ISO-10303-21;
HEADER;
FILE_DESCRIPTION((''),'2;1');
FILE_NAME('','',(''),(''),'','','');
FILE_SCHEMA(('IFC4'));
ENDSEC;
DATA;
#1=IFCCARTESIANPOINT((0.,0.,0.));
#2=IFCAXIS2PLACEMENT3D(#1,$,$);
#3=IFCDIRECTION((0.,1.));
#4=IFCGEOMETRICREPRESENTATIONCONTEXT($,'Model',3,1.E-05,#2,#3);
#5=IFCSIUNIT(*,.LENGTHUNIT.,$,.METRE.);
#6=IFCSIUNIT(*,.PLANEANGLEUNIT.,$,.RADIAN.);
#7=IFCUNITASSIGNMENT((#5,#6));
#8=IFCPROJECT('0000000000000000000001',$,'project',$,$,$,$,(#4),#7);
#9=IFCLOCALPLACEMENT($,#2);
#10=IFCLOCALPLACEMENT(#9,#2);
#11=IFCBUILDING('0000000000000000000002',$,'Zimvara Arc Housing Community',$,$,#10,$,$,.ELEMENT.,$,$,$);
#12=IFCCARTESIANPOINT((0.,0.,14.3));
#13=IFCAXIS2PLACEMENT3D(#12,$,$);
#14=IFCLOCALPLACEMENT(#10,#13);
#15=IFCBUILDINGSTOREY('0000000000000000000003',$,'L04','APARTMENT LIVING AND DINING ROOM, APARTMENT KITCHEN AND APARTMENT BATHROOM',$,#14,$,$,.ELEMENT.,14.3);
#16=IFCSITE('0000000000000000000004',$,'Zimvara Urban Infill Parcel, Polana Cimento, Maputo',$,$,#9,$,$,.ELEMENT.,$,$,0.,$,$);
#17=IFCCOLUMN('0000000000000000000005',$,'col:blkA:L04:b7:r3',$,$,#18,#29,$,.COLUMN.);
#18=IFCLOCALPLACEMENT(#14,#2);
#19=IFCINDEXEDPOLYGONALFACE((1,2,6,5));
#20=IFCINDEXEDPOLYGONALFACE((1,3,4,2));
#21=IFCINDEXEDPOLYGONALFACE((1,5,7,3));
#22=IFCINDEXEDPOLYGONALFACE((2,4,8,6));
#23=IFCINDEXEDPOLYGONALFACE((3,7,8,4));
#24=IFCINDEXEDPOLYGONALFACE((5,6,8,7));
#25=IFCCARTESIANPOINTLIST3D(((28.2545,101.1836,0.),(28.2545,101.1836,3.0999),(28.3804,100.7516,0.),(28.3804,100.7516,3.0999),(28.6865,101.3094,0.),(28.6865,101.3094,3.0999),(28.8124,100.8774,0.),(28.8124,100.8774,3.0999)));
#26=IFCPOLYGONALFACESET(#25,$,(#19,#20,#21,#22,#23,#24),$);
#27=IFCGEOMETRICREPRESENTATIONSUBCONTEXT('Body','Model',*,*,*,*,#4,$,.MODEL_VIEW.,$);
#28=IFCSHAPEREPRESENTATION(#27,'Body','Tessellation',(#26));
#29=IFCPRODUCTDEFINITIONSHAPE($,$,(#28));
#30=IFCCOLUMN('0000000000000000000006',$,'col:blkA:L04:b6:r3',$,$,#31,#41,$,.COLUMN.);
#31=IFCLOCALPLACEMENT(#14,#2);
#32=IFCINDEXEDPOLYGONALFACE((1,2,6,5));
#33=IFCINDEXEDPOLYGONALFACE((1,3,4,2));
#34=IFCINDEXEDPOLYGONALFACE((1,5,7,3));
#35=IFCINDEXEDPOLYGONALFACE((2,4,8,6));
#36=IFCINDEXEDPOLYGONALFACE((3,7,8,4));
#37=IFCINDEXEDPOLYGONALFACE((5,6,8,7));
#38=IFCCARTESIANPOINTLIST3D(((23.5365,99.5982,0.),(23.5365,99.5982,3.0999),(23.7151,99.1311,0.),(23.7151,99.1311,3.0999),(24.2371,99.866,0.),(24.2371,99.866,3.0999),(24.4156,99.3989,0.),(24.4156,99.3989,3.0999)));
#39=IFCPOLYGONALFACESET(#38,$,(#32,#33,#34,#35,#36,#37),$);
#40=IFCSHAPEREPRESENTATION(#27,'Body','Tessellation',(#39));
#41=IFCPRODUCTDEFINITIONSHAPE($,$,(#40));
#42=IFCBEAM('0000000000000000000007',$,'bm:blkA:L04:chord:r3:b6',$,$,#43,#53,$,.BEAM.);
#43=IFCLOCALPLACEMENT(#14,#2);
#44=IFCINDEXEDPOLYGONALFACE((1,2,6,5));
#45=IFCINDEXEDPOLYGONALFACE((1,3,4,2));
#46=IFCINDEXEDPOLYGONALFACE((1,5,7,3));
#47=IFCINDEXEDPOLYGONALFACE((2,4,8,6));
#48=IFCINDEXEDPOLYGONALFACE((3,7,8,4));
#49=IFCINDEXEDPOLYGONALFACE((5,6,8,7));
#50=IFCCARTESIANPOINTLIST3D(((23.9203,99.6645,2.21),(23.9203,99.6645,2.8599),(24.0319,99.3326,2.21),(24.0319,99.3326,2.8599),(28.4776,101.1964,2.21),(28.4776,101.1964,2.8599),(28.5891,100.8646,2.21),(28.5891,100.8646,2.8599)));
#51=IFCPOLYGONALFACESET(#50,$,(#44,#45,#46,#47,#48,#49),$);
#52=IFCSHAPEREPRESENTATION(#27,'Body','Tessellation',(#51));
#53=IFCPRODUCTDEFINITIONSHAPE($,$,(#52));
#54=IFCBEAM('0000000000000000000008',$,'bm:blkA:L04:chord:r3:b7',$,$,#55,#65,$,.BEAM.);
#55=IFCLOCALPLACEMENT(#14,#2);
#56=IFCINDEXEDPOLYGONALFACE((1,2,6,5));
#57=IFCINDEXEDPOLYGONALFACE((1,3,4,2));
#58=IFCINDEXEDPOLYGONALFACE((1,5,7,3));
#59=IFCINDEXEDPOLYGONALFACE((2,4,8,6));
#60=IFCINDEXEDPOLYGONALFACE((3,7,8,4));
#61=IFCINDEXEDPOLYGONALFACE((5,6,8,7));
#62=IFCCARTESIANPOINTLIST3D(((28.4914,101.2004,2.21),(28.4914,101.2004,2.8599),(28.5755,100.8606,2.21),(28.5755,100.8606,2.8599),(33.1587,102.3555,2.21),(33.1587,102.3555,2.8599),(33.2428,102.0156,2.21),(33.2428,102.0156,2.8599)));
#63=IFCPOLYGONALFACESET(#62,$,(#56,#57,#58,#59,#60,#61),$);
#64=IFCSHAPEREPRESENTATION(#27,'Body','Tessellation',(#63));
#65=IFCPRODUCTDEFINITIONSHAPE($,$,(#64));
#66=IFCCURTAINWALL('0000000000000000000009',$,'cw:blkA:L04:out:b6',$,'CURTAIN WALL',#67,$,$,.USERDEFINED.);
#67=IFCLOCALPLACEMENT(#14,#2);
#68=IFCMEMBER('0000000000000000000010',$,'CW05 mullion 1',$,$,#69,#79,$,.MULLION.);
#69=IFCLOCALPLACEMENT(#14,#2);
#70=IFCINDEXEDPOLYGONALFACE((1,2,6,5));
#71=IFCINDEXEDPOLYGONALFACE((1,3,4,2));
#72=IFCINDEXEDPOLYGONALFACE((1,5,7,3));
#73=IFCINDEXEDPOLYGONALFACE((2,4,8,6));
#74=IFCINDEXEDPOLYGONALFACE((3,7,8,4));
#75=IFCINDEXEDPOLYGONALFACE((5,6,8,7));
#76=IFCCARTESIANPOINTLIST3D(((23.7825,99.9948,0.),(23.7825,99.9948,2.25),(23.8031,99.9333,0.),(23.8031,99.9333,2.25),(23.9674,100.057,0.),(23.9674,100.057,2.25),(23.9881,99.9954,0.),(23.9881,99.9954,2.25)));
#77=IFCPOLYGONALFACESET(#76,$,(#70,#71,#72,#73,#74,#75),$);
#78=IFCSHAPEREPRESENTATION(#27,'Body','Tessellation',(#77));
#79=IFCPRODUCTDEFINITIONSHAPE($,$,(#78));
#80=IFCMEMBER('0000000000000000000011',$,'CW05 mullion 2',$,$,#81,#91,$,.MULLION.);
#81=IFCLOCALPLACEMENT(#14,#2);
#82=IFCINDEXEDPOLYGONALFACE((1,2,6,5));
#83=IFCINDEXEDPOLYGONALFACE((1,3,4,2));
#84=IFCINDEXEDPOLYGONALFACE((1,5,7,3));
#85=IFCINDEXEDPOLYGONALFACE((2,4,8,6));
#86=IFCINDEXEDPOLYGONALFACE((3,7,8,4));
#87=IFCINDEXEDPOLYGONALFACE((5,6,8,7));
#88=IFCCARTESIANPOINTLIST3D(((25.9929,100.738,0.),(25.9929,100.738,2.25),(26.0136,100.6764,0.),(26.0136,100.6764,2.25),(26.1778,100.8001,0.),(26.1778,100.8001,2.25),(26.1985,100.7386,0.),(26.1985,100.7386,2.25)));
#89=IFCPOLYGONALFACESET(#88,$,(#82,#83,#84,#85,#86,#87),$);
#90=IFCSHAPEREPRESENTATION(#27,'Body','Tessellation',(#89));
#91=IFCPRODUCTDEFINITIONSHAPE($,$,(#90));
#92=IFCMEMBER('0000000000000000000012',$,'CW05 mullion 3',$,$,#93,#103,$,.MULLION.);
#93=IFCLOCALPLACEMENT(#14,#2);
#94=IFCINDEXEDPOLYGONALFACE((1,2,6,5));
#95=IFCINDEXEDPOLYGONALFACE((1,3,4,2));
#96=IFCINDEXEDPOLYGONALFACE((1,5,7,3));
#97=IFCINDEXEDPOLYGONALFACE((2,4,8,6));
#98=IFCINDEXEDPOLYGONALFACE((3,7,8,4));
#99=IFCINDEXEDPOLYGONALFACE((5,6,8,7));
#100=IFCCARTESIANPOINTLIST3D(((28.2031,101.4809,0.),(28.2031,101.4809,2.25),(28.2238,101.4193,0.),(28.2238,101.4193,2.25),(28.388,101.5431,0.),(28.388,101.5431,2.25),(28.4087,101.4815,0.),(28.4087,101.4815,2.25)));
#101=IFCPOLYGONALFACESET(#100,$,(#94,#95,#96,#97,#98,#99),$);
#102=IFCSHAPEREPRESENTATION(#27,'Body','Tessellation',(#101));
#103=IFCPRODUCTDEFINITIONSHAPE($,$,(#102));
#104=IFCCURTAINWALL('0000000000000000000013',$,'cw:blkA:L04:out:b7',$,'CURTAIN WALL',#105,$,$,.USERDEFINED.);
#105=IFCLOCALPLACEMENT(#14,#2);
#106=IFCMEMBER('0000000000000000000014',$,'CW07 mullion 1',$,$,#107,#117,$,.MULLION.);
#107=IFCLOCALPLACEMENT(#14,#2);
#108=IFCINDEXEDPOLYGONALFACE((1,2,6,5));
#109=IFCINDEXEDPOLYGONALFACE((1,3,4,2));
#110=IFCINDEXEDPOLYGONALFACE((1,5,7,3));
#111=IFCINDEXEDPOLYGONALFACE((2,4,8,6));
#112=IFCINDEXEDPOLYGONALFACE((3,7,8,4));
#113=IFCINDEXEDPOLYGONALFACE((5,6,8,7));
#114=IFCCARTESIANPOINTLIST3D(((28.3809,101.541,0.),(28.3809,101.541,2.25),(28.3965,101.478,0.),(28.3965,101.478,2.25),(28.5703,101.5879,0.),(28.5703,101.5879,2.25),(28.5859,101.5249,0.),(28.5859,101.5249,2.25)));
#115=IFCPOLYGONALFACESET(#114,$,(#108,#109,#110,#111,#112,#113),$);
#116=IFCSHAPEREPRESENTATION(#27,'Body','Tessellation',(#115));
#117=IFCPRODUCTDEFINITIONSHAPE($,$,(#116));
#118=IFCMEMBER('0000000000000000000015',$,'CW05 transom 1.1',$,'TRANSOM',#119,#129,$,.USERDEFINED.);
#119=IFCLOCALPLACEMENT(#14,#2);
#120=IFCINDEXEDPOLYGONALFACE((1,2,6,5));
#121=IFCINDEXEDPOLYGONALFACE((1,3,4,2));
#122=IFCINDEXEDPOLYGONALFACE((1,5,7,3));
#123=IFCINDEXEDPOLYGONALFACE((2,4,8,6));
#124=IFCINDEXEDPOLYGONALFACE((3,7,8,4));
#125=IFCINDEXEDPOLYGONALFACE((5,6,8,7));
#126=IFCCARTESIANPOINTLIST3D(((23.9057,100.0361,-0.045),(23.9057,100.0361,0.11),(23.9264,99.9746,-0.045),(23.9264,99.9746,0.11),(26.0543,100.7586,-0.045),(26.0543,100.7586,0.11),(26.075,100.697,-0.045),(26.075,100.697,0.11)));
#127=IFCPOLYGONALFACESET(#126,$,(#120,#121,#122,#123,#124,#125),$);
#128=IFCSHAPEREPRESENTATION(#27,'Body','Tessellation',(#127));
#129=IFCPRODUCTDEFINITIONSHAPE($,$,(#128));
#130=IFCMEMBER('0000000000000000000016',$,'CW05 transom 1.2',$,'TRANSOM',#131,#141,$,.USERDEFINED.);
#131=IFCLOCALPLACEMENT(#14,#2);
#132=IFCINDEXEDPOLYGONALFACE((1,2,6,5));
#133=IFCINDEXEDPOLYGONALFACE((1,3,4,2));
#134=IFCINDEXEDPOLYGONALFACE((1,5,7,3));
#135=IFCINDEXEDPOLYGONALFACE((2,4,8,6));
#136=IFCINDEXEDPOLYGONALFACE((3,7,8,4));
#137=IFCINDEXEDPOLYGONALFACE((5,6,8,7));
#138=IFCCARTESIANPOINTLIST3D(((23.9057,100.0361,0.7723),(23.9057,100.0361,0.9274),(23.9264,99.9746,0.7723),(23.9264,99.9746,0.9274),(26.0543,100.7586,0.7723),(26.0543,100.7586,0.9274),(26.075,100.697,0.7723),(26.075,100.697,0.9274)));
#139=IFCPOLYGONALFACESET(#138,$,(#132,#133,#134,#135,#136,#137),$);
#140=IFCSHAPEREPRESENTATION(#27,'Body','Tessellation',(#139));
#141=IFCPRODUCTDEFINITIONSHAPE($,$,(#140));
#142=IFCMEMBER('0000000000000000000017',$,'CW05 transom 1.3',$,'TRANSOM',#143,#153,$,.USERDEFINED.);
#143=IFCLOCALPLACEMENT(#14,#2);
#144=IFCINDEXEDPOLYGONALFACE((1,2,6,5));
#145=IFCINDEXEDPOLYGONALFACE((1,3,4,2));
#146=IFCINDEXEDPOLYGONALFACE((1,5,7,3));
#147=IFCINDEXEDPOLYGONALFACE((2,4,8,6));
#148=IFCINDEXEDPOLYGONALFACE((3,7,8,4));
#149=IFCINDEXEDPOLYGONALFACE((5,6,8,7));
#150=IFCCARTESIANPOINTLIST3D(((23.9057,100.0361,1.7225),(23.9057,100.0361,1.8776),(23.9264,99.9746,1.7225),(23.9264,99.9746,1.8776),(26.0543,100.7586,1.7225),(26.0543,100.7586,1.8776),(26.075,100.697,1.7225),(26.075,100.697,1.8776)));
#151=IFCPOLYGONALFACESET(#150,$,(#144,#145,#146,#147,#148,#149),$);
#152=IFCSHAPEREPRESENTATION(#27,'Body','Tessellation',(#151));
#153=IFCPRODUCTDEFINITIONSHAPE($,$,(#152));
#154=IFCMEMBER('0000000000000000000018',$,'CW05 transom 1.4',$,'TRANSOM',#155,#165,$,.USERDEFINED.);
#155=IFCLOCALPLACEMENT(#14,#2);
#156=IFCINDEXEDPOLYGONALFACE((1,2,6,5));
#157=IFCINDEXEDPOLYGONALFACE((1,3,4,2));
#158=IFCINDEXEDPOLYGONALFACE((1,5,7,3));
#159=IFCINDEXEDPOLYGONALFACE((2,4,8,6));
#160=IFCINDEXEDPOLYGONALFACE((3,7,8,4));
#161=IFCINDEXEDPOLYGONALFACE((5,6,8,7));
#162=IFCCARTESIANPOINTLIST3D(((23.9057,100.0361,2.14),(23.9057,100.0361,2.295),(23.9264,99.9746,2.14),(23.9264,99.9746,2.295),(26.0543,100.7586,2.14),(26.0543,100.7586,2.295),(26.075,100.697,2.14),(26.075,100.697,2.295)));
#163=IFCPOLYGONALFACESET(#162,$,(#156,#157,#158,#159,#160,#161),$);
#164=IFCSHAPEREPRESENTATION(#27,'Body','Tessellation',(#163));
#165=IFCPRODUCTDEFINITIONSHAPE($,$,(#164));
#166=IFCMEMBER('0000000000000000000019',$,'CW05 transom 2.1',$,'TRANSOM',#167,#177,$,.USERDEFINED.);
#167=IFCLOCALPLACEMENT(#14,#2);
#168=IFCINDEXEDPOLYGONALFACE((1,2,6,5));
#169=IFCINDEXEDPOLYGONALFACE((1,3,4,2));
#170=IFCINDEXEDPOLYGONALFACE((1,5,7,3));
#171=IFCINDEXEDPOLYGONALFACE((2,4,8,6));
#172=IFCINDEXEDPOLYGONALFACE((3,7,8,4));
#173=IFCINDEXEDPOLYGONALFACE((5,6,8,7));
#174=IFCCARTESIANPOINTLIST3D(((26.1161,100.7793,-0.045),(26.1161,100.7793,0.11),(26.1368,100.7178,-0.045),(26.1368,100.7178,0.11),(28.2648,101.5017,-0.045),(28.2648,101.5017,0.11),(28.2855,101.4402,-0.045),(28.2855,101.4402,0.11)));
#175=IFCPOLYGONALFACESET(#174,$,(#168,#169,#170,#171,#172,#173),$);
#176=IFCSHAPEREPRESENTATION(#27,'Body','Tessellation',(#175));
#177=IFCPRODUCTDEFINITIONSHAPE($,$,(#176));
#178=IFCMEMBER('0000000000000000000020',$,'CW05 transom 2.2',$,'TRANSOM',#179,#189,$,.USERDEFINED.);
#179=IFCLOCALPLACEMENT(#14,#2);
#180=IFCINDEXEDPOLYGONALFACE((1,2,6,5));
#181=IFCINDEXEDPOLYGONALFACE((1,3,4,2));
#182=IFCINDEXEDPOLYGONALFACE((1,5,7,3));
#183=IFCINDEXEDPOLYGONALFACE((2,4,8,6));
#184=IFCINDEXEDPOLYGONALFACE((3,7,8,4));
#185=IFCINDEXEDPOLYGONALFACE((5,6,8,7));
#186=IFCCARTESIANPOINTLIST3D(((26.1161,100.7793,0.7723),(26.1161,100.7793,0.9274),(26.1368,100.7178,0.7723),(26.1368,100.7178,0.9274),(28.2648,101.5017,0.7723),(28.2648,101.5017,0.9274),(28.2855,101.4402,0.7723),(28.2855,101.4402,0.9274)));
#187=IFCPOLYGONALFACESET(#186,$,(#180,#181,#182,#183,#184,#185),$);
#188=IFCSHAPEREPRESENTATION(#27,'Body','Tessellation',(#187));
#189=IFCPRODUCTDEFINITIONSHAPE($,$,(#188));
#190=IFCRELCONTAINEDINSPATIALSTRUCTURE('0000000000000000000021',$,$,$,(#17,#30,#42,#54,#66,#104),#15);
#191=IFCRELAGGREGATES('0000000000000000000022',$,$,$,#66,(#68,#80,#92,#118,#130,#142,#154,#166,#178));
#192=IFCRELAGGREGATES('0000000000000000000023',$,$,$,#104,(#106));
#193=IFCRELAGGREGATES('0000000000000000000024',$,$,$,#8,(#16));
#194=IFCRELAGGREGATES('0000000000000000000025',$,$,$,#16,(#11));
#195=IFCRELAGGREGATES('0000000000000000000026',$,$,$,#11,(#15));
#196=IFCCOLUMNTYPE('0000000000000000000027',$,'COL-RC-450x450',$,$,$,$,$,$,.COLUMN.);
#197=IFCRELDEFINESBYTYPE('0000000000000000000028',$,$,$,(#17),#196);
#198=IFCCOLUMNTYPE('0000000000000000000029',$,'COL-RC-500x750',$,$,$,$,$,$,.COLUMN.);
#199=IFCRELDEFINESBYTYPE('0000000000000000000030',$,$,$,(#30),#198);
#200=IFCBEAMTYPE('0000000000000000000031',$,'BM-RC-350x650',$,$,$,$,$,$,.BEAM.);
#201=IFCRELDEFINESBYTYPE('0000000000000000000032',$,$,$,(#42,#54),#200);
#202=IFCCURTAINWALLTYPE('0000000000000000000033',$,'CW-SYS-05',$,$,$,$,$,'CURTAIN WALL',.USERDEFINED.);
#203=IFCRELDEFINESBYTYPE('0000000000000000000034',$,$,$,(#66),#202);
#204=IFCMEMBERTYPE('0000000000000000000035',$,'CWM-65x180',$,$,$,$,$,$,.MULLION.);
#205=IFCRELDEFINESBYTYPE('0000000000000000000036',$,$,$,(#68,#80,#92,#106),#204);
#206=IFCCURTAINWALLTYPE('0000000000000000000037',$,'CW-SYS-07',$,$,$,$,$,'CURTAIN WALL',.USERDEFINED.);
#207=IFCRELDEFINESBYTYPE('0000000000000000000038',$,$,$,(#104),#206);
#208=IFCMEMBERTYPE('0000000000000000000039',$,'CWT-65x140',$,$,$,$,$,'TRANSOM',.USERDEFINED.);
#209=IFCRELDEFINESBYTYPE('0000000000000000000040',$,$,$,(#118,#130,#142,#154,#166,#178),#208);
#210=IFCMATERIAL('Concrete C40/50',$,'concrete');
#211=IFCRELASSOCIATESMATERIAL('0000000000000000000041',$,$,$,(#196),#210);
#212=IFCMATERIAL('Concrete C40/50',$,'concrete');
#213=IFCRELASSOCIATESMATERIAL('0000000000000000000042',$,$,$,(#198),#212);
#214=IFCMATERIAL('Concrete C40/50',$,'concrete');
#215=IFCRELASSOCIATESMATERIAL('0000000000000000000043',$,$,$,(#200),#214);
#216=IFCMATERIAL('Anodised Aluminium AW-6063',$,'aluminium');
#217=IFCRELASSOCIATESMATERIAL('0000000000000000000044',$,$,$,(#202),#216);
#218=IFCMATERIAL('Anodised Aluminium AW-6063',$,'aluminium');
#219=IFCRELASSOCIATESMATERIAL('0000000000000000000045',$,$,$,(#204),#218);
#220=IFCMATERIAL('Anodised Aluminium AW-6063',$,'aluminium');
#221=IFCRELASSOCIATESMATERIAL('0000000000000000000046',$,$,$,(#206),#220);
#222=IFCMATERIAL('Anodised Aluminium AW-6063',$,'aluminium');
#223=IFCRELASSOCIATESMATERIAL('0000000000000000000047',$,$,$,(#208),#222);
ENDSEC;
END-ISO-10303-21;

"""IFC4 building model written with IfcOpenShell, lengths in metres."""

from ifc_helpers import new_model, si_unit, direction, frame, origin, origin_2d, place, context, subcontext, project, spatial, rectangle, extrude, material, material_profile, profile_set, type_object, element, aggregate, save


model = new_model("IFC4")

# Units and contexts
model_context = context("Model", 3, precision=1e-05, world=origin(), true_north=direction((0.0, 1.0)))
body_context = subcontext(model_context, "Body", "Model", "MODEL_VIEW")
ifc_project = project(units=[si_unit("LENGTHUNIT", "METRE"), si_unit("PLANEANGLEUNIT", "RADIAN")], contexts=[model_context])

# Site, building, storey
site_placement = place(None, origin())
site = spatial("IfcSite", under=ifc_project, at=site_placement, Name="Zimvara Urban Infill Parcel, Polana Cimento, Maputo", CompositionType="ELEMENT", RefElevation=0.0)
building_placement = place(site_placement, origin())
building = spatial("IfcBuilding", under=site, at=building_placement, Name="Zimvara Arc Housing Community", CompositionType="ELEMENT")
storey_placement = place(building_placement, frame((0.0, 0.0, 14.3)))
storey = spatial("IfcBuildingStorey", under=building, at=storey_placement, Name="L04", Description="APARTMENT LIVING AND DINING ROOM, APARTMENT KITCHEN AND APARTMENT BATHROOM", CompositionType="ELEMENT", Elevation=14.3)

# Columns
ifc_material_1 = material(Name="Concrete C40/50", Category="concrete")
ifc_material_profile_1 = material_profile(ifc_material_1, rectangle(XDim=0.45, YDim=0.45, at=origin_2d()), Name="RC 450x450")
ifc_profile_set_1 = profile_set([ifc_material_profile_1], Name="Concrete C40/50")
column_type_1 = type_object("IfcColumnType", Name="COL-RC-450x450", PredefinedType="COLUMN", material=ifc_profile_set_1)
column_1_placement = place(storey_placement, frame((28.5334, 101.0305, 0.0), z_axis=(0.0, 0.0, 1.0), x_axis=(-0.279661, 0.960099, 0.0)))
element("IfcColumn", 1, at=column_1_placement, inside=storey, type_object=column_type_1, Name="col:blkA:L04:b7:r3", PredefinedType="COLUMN", context=body_context, shape_type="SweptSolid", body=[
    extrude(rectangle(XDim=0.45, YDim=0.45, at=origin_2d()), origin(), (0.0, 0.0, 1.0), 3.0999),
])
ifc_material_2 = material(Name="Concrete C40/50", Category="concrete")
ifc_material_profile_2 = material_profile(ifc_material_2, rectangle(XDim=0.5, YDim=0.75, at=origin_2d()), Name="RC 500x750")
ifc_profile_set_2 = profile_set([ifc_material_profile_2], Name="Concrete C40/50")
column_type_2 = type_object("IfcColumnType", Name="COL-RC-500x750", PredefinedType="COLUMN", material=ifc_profile_set_2)
column_2_placement = place(storey_placement, frame((23.9761, 99.4985, 0.0), z_axis=(0.0, 0.0, 1.0), x_axis=(-0.357064, 0.93408, 0.0)))
element("IfcColumn", 2, at=column_2_placement, inside=storey, type_object=column_type_2, Name="col:blkA:L04:b6:r3", PredefinedType="COLUMN", context=body_context, shape_type="SweptSolid", body=[
    extrude(rectangle(XDim=0.5, YDim=0.75, at=origin_2d()), origin(), (0.0, 0.0, 1.0), 3.0999),
])

# Beams
ifc_material_3 = material(Name="Concrete C40/50", Category="concrete")
ifc_material_profile_3 = material_profile(ifc_material_3, rectangle(XDim=0.3501, YDim=0.6499, at=origin_2d()), Name="RC 350x650")
ifc_profile_set_3 = profile_set([ifc_material_profile_3], Name="Concrete C40/50")
beam_type = type_object("IfcBeamType", Name="BM-RC-350x650", PredefinedType="BEAM", material=ifc_profile_set_3)
beam_1_placement = place(storey_placement, frame((23.9761, 99.4985, 2.5349), z_axis=(0.947878, 0.318634, 0.0), x_axis=(-0.318634, 0.947878, 0.0)))
element("IfcBeam", 3, at=beam_1_placement, inside=storey, type_object=beam_type, Name="bm:blkA:L04:chord:r3:b6", PredefinedType="BEAM", context=body_context, shape_type="SweptSolid", body=[
    extrude(rectangle(XDim=0.3501, YDim=0.6499, at=origin_2d()), origin(), (0.0, 0.0, 1.0), 4.8079),
])
beam_2_placement = place(storey_placement, frame((28.5334, 101.0305, 2.5349), z_axis=(0.970716, 0.240229, 0.0), x_axis=(-0.240229, 0.970716, 0.0)))
element("IfcBeam", 4, at=beam_2_placement, inside=storey, type_object=beam_type, Name="bm:blkA:L04:chord:r3:b7", PredefinedType="BEAM", context=body_context, shape_type="SweptSolid", body=[
    extrude(rectangle(XDim=0.3501, YDim=0.6499, at=origin_2d()), origin(), (0.0, 0.0, 1.0), 4.8081),
])

# Curtain wall, members
ifc_material_4 = material(Name="Anodised Aluminium AW-6063", Category="aluminium")
curtain_wall_type_1 = type_object("IfcCurtainWallType", Name="CW-SYS-05", ElementType="CURTAIN WALL", PredefinedType="USERDEFINED", material=ifc_material_4)
curtain_wall_1_placement = place(storey_placement, origin())
curtain_wall_1 = element("IfcCurtainWall", 5, at=curtain_wall_1_placement, inside=storey, type_object=curtain_wall_type_1, Name="cw:blkA:L04:out:b6", ObjectType="CURTAIN WALL", PredefinedType="USERDEFINED")
ifc_material_5 = material(Name="Anodised Aluminium AW-6063", Category="aluminium")
ifc_material_profile_4 = material_profile(ifc_material_5, rectangle(XDim=0.0649, YDim=0.1951, at=origin_2d()), Name="ALU 65x195")
ifc_profile_set_4 = profile_set([ifc_material_profile_4], Name="Anodised Aluminium AW-6063")
member_type_1 = type_object("IfcMemberType", Name="CWM-65x180", PredefinedType="MULLION", material=ifc_profile_set_4)
member_1_placement = place(storey_placement, frame((23.8853, 99.9951, 0.0), z_axis=(0.0, 0.0, 1.0), x_axis=(-0.318629, 0.94788, 0.0)))
member_1 = element("IfcMember", 6, at=member_1_placement, type_object=member_type_1, Name="CW05 mullion 1", PredefinedType="MULLION", context=body_context, shape_type="SweptSolid", body=[
    extrude(rectangle(XDim=0.0649, YDim=0.1951, at=origin_2d()), origin(), (0.0, 0.0, 1.0), 2.25),
])
member_2_placement = place(storey_placement, frame((26.0957, 100.7383, 0.0), z_axis=(0.0, 0.0, 1.0), x_axis=(-0.318629, 0.94788, 0.0)))
member_2 = element("IfcMember", 7, at=member_2_placement, type_object=member_type_1, Name="CW05 mullion 2", PredefinedType="MULLION", context=body_context, shape_type="SweptSolid", body=[
    extrude(rectangle(XDim=0.0649, YDim=0.1951, at=origin_2d()), origin(), (0.0, 0.0, 1.0), 2.25),
])
member_3_placement = place(storey_placement, frame((28.3059, 101.4812, 0.0), z_axis=(0.0, 0.0, 1.0), x_axis=(-0.318629, 0.94788, 0.0)))
member_3 = element("IfcMember", 8, at=member_3_placement, type_object=member_type_1, Name="CW05 mullion 3", PredefinedType="MULLION", context=body_context, shape_type="SweptSolid", body=[
    extrude(rectangle(XDim=0.0649, YDim=0.1951, at=origin_2d()), origin(), (0.0, 0.0, 1.0), 2.25),
])

# Curtain wall, member
ifc_material_6 = material(Name="Anodised Aluminium AW-6063", Category="aluminium")
curtain_wall_type_2 = type_object("IfcCurtainWallType", Name="CW-SYS-07", ElementType="CURTAIN WALL", PredefinedType="USERDEFINED", material=ifc_material_6)
curtain_wall_2_placement = place(storey_placement, origin())
curtain_wall_2 = element("IfcCurtainWall", 9, at=curtain_wall_2_placement, inside=storey, type_object=curtain_wall_type_2, Name="cw:blkA:L04:out:b7", ObjectType="CURTAIN WALL", PredefinedType="USERDEFINED")
member_4_placement = place(storey_placement, frame((28.4834, 101.533, 0.0), z_axis=(0.0, 0.0, 1.0), x_axis=(-0.24023, 0.970716, 0.0)))
member_4 = element("IfcMember", 10, at=member_4_placement, type_object=member_type_1, Name="CW07 mullion 1", PredefinedType="MULLION", context=body_context, shape_type="SweptSolid", body=[
    extrude(rectangle(XDim=0.0649, YDim=0.1951, at=origin_2d()), origin(), (0.0, 0.0, 1.0), 2.25),
])

# Members
ifc_material_7 = material(Name="Anodised Aluminium AW-6063", Category="aluminium")
ifc_material_profile_5 = material_profile(ifc_material_7, rectangle(XDim=0.0649, YDim=0.155, at=origin_2d()), Name="ALU 65x155")
ifc_profile_set_5 = profile_set([ifc_material_profile_5], Name="Anodised Aluminium AW-6063")
member_type_2 = type_object("IfcMemberType", Name="CWT-65x140", ElementType="TRANSOM", PredefinedType="USERDEFINED", material=ifc_profile_set_5)
member_5_placement = place(storey_placement, frame((23.916, 100.0054, 0.0325), z_axis=(0.947862, 0.318682, 0.0), x_axis=(-0.318682, 0.947862, 0.0)))
member_5 = element("IfcMember", 11, at=member_5_placement, type_object=member_type_2, Name="CW05 transom 1.1", ObjectType="TRANSOM", PredefinedType="USERDEFINED", context=body_context, shape_type="SweptSolid", body=[
    extrude(rectangle(XDim=0.0649, YDim=0.155, at=origin_2d()), origin(), (0.0, 0.0, 1.0), 2.2668),
])
member_6_placement = place(storey_placement, frame((23.916, 100.0054, 0.8499), z_axis=(0.947862, 0.318682, 0.0), x_axis=(-0.318682, 0.947862, 0.0)))
member_6 = element("IfcMember", 12, at=member_6_placement, type_object=member_type_2, Name="CW05 transom 1.2", ObjectType="TRANSOM", PredefinedType="USERDEFINED", context=body_context, shape_type="SweptSolid", body=[
    extrude(rectangle(XDim=0.0649, YDim=0.155, at=origin_2d()), origin(), (0.0, 0.0, 1.0), 2.2668),
])
member_7_placement = place(storey_placement, frame((23.916, 100.0054, 1.8), z_axis=(0.947862, 0.318682, 0.0), x_axis=(-0.318682, 0.947862, 0.0)))
member_7 = element("IfcMember", 13, at=member_7_placement, type_object=member_type_2, Name="CW05 transom 1.3", ObjectType="TRANSOM", PredefinedType="USERDEFINED", context=body_context, shape_type="SweptSolid", body=[
    extrude(rectangle(XDim=0.0649, YDim=0.155, at=origin_2d()), origin(), (0.0, 0.0, 1.0), 2.2668),
])
member_8_placement = place(storey_placement, frame((23.916, 100.0054, 2.2175), z_axis=(0.947862, 0.318682, 0.0), x_axis=(-0.318682, 0.947862, 0.0)))
member_8 = element("IfcMember", 14, at=member_8_placement, type_object=member_type_2, Name="CW05 transom 1.4", ObjectType="TRANSOM", PredefinedType="USERDEFINED", context=body_context, shape_type="SweptSolid", body=[
    extrude(rectangle(XDim=0.0649, YDim=0.155, at=origin_2d()), origin(), (0.0, 0.0, 1.0), 2.2668),
])
member_9_placement = place(storey_placement, frame((26.1265, 100.7485, 0.0325), z_axis=(0.947862, 0.318682, 0.0), x_axis=(-0.318682, 0.947862, 0.0)))
member_9 = element("IfcMember", 15, at=member_9_placement, type_object=member_type_2, Name="CW05 transom 2.1", ObjectType="TRANSOM", PredefinedType="USERDEFINED", context=body_context, shape_type="SweptSolid", body=[
    extrude(rectangle(XDim=0.0649, YDim=0.155, at=origin_2d()), origin(), (0.0, 0.0, 1.0), 2.2668),
])
member_10_placement = place(storey_placement, frame((26.1265, 100.7485, 0.8499), z_axis=(0.947862, 0.318682, 0.0), x_axis=(-0.318682, 0.947862, 0.0)))
member_10 = element("IfcMember", 16, at=member_10_placement, type_object=member_type_2, Name="CW05 transom 2.2", ObjectType="TRANSOM", PredefinedType="USERDEFINED", context=body_context, shape_type="SweptSolid", body=[
    extrude(rectangle(XDim=0.0649, YDim=0.155, at=origin_2d()), origin(), (0.0, 0.0, 1.0), 2.2668),
])

aggregate(curtain_wall_1, [member_1, member_2, member_3, member_5, member_6, member_7, member_8, member_9, member_10])
aggregate(curtain_wall_2, [member_4])

save(model, "model.ifc")
